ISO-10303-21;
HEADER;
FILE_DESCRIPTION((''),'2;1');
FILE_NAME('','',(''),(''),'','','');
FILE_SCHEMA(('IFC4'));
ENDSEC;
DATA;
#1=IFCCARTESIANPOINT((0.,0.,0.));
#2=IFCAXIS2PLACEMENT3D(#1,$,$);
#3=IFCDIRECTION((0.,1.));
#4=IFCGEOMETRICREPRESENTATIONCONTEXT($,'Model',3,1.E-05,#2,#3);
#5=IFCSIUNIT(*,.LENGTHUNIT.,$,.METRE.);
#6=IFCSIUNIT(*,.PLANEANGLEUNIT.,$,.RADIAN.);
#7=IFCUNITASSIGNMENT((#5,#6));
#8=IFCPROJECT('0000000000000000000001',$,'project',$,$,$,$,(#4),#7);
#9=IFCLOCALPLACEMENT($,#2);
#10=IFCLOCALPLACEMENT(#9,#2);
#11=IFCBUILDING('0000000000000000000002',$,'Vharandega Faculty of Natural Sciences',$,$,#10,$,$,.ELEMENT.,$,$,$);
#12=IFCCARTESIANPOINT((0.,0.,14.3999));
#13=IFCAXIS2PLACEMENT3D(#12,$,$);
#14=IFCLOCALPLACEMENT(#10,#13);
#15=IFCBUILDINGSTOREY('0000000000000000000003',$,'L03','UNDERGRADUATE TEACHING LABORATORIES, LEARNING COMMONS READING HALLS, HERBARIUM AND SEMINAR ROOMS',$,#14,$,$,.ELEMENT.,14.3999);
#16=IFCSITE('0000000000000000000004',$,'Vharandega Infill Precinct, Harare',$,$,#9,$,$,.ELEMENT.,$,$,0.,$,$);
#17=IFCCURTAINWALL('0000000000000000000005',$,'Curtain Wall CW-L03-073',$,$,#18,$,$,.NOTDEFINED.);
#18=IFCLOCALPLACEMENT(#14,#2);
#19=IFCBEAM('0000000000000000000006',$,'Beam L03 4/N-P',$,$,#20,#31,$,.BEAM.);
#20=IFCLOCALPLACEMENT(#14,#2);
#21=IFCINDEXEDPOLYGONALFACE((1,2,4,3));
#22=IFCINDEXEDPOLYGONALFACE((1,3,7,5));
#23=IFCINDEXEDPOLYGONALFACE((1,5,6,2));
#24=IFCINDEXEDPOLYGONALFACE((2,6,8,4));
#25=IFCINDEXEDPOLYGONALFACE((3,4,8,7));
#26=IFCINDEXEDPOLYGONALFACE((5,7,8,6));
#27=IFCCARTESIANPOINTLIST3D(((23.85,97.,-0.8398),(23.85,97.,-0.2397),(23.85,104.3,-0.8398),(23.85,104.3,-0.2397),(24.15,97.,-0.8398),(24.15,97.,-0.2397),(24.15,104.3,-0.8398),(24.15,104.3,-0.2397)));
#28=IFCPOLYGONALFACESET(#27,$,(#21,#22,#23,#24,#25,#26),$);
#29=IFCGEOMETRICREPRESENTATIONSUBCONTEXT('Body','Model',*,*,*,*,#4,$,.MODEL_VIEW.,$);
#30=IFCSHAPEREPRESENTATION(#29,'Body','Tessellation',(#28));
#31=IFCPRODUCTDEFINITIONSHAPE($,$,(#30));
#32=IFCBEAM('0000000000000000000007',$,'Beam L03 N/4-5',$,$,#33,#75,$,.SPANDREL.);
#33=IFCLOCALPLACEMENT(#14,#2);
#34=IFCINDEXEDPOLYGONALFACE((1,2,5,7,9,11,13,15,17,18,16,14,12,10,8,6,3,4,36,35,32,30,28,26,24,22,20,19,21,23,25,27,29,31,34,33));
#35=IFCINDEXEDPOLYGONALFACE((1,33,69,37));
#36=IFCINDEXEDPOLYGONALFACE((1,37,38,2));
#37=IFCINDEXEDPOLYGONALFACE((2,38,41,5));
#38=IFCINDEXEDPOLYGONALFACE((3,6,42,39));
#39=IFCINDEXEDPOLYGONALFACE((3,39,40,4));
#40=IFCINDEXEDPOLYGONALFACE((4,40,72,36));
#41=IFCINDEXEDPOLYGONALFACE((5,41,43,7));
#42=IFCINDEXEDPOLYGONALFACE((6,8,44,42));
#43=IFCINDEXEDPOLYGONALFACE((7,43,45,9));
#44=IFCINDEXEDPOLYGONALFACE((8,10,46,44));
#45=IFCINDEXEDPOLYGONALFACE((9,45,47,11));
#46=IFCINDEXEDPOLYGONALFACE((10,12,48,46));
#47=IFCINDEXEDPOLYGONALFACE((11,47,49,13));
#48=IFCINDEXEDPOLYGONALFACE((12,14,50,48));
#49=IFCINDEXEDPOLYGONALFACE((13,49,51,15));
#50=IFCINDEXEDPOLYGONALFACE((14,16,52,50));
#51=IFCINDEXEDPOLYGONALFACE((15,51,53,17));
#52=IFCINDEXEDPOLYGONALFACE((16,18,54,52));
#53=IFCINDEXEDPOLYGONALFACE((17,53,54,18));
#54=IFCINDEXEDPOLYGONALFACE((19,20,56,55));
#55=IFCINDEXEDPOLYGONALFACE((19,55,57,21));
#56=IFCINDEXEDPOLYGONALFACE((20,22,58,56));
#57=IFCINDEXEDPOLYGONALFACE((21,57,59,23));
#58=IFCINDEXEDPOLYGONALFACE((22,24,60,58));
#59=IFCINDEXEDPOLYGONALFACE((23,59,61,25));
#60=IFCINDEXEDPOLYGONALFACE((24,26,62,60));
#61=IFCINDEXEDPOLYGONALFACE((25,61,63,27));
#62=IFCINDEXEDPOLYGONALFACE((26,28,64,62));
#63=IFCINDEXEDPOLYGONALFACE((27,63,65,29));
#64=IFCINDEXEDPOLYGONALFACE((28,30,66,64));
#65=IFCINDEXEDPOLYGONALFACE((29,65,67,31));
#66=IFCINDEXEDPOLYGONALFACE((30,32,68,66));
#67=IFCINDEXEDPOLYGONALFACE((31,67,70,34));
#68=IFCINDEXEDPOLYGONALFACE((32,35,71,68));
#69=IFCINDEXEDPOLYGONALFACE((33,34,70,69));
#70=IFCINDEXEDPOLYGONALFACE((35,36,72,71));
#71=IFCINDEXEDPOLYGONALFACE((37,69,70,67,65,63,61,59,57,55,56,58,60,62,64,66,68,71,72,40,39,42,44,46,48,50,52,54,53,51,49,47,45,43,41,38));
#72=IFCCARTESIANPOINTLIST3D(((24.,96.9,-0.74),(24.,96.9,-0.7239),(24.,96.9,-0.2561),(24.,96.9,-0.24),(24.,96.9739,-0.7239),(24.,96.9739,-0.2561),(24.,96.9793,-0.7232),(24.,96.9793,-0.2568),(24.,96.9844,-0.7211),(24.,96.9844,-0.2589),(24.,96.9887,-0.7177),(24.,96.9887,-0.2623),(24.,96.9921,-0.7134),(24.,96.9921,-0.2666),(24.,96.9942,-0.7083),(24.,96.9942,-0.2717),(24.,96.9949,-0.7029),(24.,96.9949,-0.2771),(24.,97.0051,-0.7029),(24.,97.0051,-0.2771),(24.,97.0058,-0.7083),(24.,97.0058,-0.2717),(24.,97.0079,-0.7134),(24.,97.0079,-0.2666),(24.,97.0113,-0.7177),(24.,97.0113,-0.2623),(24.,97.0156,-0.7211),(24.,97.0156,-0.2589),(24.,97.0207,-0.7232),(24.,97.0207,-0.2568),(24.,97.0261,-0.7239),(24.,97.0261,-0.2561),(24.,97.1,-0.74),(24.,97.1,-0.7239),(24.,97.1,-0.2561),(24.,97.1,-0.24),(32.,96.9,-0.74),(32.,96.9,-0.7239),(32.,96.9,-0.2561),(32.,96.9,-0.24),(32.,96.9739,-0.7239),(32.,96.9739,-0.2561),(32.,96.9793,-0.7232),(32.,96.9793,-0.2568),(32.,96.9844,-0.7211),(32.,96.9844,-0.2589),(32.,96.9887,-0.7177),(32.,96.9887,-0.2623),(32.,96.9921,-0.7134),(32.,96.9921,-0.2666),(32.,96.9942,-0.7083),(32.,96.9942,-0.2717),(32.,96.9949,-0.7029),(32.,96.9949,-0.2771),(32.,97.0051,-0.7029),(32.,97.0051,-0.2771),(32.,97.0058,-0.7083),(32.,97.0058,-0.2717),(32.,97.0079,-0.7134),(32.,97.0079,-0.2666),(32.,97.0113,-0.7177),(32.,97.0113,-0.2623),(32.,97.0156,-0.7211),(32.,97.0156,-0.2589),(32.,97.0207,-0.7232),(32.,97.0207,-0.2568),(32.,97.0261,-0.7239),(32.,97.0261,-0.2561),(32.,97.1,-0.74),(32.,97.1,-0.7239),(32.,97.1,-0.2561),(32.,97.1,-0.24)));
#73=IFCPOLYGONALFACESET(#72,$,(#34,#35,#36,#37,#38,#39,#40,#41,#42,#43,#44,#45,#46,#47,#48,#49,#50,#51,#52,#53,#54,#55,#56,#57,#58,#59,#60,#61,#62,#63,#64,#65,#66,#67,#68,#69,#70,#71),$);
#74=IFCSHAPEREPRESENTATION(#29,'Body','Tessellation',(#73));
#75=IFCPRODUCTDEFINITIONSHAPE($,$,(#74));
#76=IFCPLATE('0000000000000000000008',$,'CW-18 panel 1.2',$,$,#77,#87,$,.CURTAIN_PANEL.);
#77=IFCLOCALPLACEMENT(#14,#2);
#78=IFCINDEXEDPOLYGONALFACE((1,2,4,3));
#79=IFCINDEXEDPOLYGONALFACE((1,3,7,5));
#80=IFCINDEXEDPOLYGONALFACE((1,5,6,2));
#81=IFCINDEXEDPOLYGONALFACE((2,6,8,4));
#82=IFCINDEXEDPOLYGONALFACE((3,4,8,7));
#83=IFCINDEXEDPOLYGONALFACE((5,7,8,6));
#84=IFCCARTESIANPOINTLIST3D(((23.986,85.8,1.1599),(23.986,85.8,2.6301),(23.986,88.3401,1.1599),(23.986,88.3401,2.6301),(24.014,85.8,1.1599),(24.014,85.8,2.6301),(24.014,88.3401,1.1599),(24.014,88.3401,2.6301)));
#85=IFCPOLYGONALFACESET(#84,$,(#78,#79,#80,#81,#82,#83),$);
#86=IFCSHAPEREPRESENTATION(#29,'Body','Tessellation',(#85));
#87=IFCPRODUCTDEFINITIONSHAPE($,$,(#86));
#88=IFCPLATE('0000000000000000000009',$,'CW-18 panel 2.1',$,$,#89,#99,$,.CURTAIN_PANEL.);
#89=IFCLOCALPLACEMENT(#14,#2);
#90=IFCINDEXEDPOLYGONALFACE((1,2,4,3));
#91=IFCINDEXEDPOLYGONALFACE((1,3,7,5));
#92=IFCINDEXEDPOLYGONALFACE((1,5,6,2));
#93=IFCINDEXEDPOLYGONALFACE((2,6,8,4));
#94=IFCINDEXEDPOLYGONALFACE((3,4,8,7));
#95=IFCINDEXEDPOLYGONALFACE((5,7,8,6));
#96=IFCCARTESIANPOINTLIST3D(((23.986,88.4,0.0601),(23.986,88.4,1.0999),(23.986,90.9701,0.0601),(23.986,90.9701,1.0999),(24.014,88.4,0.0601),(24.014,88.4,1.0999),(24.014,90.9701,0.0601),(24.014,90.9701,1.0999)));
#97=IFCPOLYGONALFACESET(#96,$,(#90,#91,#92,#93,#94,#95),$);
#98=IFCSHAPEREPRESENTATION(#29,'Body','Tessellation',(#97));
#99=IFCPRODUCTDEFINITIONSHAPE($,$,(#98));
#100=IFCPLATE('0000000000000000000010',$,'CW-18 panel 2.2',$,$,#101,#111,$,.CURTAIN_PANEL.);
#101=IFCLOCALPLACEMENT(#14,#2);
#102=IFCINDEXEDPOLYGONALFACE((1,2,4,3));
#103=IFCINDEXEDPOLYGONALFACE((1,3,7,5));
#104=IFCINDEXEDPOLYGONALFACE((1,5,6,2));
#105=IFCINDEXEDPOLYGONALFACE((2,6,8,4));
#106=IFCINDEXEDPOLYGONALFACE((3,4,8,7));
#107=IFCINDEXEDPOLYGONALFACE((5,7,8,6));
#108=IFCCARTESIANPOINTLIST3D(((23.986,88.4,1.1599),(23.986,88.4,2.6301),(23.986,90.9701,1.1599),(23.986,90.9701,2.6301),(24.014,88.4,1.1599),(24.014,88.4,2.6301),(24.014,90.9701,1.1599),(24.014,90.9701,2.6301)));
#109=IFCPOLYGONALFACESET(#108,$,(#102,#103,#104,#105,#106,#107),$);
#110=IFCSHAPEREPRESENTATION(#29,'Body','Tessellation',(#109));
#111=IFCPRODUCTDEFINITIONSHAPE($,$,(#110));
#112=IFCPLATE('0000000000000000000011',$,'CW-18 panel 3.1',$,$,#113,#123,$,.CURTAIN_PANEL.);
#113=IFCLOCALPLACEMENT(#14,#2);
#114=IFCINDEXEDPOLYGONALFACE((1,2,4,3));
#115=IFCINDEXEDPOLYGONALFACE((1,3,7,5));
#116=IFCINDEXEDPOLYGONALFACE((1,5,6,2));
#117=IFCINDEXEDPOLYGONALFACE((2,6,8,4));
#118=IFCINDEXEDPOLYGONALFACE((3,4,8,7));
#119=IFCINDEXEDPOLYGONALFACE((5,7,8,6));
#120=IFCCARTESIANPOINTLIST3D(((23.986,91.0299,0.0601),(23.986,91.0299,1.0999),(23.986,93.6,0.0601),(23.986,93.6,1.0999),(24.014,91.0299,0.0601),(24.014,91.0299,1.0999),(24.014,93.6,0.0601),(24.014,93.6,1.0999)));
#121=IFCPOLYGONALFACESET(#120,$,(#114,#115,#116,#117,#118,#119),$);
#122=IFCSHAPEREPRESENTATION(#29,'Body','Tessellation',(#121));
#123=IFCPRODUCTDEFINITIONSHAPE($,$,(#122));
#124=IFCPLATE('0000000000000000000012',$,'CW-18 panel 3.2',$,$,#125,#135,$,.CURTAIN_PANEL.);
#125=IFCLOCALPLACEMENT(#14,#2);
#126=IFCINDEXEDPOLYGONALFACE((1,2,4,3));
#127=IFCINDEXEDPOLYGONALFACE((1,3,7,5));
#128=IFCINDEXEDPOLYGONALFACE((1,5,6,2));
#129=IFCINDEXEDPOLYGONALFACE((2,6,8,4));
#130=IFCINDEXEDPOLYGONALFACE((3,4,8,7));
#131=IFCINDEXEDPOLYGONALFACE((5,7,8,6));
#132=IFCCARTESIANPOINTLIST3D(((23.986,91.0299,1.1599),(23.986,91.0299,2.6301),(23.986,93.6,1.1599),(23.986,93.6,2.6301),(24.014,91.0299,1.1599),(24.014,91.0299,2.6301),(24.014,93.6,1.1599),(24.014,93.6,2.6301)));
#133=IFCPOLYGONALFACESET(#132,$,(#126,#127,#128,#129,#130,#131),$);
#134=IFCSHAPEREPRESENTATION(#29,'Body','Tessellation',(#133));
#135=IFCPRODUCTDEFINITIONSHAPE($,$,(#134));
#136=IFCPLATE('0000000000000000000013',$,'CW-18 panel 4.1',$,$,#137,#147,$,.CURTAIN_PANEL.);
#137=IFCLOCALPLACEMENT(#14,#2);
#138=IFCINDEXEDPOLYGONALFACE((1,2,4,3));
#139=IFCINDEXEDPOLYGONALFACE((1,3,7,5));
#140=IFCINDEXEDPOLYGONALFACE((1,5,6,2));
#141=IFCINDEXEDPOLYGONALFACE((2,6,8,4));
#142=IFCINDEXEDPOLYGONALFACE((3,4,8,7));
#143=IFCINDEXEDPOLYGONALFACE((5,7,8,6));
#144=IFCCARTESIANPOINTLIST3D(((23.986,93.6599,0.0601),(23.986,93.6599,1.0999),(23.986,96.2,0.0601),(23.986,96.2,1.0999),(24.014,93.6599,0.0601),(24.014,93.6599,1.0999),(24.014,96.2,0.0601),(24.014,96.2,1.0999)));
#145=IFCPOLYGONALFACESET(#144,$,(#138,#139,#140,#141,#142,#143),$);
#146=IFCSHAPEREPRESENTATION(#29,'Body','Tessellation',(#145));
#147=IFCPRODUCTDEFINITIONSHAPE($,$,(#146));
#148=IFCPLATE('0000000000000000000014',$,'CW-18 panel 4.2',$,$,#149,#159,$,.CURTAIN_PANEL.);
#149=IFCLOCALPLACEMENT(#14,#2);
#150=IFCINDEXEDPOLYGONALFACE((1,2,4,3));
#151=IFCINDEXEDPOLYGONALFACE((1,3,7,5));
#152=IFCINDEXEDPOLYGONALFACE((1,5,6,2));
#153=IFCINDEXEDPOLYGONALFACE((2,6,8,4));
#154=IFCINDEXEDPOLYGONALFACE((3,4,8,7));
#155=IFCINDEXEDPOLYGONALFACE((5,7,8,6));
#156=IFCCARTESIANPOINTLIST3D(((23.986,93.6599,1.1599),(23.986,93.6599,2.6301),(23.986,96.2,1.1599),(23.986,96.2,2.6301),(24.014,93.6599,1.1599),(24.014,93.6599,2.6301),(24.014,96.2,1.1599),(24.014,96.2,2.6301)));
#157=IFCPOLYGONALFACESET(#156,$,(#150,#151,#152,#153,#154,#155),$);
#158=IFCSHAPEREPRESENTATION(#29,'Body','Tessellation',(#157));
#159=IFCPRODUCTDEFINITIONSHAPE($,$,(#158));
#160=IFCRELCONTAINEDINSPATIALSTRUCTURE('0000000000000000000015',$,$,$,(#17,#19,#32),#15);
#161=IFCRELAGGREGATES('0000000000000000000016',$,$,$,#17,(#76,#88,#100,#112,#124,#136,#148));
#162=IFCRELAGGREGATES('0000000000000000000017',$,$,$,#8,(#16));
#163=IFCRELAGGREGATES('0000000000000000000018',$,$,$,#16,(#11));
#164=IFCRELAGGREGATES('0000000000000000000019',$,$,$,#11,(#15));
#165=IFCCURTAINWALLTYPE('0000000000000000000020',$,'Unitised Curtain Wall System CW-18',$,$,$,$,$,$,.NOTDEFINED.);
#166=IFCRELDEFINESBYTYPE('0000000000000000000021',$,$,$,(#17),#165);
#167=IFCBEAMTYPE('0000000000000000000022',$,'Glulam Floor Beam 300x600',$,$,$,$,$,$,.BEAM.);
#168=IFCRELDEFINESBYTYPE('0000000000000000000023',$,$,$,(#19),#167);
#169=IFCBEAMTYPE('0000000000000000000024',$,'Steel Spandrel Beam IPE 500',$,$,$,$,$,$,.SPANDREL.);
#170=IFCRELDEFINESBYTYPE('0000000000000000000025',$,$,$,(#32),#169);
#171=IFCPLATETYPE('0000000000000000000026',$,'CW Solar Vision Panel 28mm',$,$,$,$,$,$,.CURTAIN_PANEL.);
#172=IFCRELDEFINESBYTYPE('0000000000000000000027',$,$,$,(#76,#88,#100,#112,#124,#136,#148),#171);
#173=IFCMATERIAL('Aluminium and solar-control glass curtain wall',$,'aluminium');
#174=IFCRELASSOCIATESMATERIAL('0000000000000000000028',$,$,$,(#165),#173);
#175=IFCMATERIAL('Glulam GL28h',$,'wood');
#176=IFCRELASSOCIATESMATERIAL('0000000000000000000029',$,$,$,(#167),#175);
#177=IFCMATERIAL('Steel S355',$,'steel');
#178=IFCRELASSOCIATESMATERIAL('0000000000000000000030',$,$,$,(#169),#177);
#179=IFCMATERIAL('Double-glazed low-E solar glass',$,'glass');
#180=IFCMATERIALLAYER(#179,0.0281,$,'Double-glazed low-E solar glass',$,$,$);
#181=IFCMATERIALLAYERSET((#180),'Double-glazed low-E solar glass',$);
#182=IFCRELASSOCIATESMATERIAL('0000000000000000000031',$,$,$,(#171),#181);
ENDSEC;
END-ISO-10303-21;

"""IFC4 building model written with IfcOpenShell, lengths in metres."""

from ifc_helpers import new_model, si_unit, direction, frame, origin, origin_2d, place, context, subcontext, project, spatial, rectangle, i_section, extrude, material, layer, layer_set, material_profile, profile_set, type_object, element, aggregate, save


model = new_model("IFC4")

# Units and contexts
model_context = context("Model", 3, precision=1e-05, world=origin(), true_north=direction((0.0, 1.0)))
body_context = subcontext(model_context, "Body", "Model", "MODEL_VIEW")
ifc_project = project(units=[si_unit("LENGTHUNIT", "METRE"), si_unit("PLANEANGLEUNIT", "RADIAN")], contexts=[model_context])

# Site, building, storey
site_placement = place(None, origin())
site = spatial("IfcSite", under=ifc_project, at=site_placement, Name="Vharandega Infill Precinct, Harare", CompositionType="ELEMENT", RefElevation=0.0)
building_placement = place(site_placement, origin())
building = spatial("IfcBuilding", under=site, at=building_placement, Name="Vharandega Faculty of Natural Sciences", CompositionType="ELEMENT")
storey_placement = place(building_placement, frame((0.0, 0.0, 14.3999)))
storey = spatial("IfcBuildingStorey", under=building, at=storey_placement, Name="L03", Description="UNDERGRADUATE TEACHING LABORATORIES, LEARNING COMMONS READING HALLS, HERBARIUM AND SEMINAR ROOMS", CompositionType="ELEMENT", Elevation=14.3999)

# Curtain wall
ifc_material_1 = material(Name="Aluminium and solar-control glass curtain wall", Category="aluminium")
curtain_wall_type = type_object("IfcCurtainWallType", Name="Unitised Curtain Wall System CW-18", PredefinedType="NOTDEFINED", material=ifc_material_1)
curtain_wall_placement = place(storey_placement, origin())
curtain_wall = element("IfcCurtainWall", 1, at=curtain_wall_placement, inside=storey, type_object=curtain_wall_type, Name="Curtain Wall CW-L03-073", PredefinedType="NOTDEFINED")

# Beams
ifc_material_2 = material(Name="Glulam GL28h", Category="wood")
ifc_material_profile_1 = material_profile(ifc_material_2, rectangle(XDim=0.3, YDim=0.6001, at=origin_2d()), Name="GL28h 300x600")
ifc_profile_set_1 = profile_set([ifc_material_profile_1], Name="Glulam GL28h")
beam_type_1 = type_object("IfcBeamType", Name="Glulam Floor Beam 300x600", PredefinedType="BEAM", material=ifc_profile_set_1)
beam_1_placement = place(storey_placement, frame((24.0, 97.0, -0.5398), z_axis=(0.0, 1.0, 0.0), x_axis=(-1.0, 0.0, 0.0)))
element("IfcBeam", 2, at=beam_1_placement, inside=storey, type_object=beam_type_1, Name="Beam L03 4/N-P", PredefinedType="BEAM", context=body_context, shape_type="SweptSolid", body=[
    extrude(rectangle(XDim=0.3, YDim=0.6001, at=origin_2d()), origin(), (0.0, 0.0, 1.0), 7.3),
])
ifc_material_3 = material(Name="Steel S355", Category="steel")
ifc_material_profile_2 = material_profile(ifc_material_3, i_section(OverallWidth=0.2, OverallDepth=0.5, WebThickness=0.0103, FlangeThickness=0.0161, FilletRadius=0.021, at=origin_2d()), Name="IPE 500")
ifc_profile_set_2 = profile_set([ifc_material_profile_2], Name="Steel S355")
beam_type_2 = type_object("IfcBeamType", Name="Steel Spandrel Beam IPE 500", PredefinedType="SPANDREL", material=ifc_profile_set_2)
beam_2_placement = place(storey_placement, frame((24.0, 97.0, -0.49), z_axis=(1.0, 0.0, 0.0), x_axis=(0.0, 1.0, 0.0)))
element("IfcBeam", 3, at=beam_2_placement, inside=storey, type_object=beam_type_2, Name="Beam L03 N/4-5", PredefinedType="SPANDREL", context=body_context, shape_type="SweptSolid", body=[
    extrude(i_section(OverallWidth=0.2, OverallDepth=0.5, WebThickness=0.0103, FlangeThickness=0.0161, FilletRadius=0.021, at=origin_2d()), origin(), (0.0, 0.0, 1.0), 8.0),
])

# Plates
ifc_material_4 = material(Name="Double-glazed low-E solar glass", Category="glass")
ifc_layer = layer(ifc_material_4, 0.0281, Name="Double-glazed low-E solar glass")
ifc_layer_set = layer_set([ifc_layer], Name="Double-glazed low-E solar glass")
plate_type = type_object("IfcPlateType", Name="CW Solar Vision Panel 28mm", PredefinedType="CURTAIN_PANEL", material=ifc_layer_set)
plate_1_placement = place(storey_placement, frame((24.0, 87.0701, 1.1599), z_axis=(0.0, 0.0, 1.0), x_axis=(0.0, 1.0, 0.0)))
plate_1 = element("IfcPlate", 4, at=plate_1_placement, type_object=plate_type, Name="CW-18 panel 1.2", PredefinedType="CURTAIN_PANEL", context=body_context, shape_type="SweptSolid", body=[
    extrude(rectangle(XDim=2.54, YDim=0.0281, at=origin_2d()), origin(), (0.0, 0.0, 1.0), 1.4702),
])
plate_2_placement = place(storey_placement, frame((24.0, 89.6851, 0.0601), z_axis=(0.0, 0.0, 1.0), x_axis=(0.0, 1.0, 0.0)))
plate_2 = element("IfcPlate", 5, at=plate_2_placement, type_object=plate_type, Name="CW-18 panel 2.1", PredefinedType="CURTAIN_PANEL", context=body_context, shape_type="SweptSolid", body=[
    extrude(rectangle(XDim=2.5701, YDim=0.0281, at=origin_2d()), origin(), (0.0, 0.0, 1.0), 1.0398),
])
plate_3_placement = place(storey_placement, frame((24.0, 89.6851, 1.1599), z_axis=(0.0, 0.0, 1.0), x_axis=(0.0, 1.0, 0.0)))
plate_3 = element("IfcPlate", 6, at=plate_3_placement, type_object=plate_type, Name="CW-18 panel 2.2", PredefinedType="CURTAIN_PANEL", context=body_context, shape_type="SweptSolid", body=[
    extrude(rectangle(XDim=2.5701, YDim=0.0281, at=origin_2d()), origin(), (0.0, 0.0, 1.0), 1.4702),
])
plate_4_placement = place(storey_placement, frame((24.0, 92.3149, 0.0601), z_axis=(0.0, 0.0, 1.0), x_axis=(0.0, 1.0, 0.0)))
plate_4 = element("IfcPlate", 7, at=plate_4_placement, type_object=plate_type, Name="CW-18 panel 3.1", PredefinedType="CURTAIN_PANEL", context=body_context, shape_type="SweptSolid", body=[
    extrude(rectangle(XDim=2.5701, YDim=0.0281, at=origin_2d()), origin(), (0.0, 0.0, 1.0), 1.0398),
])
plate_5_placement = place(storey_placement, frame((24.0, 92.3149, 1.1599), z_axis=(0.0, 0.0, 1.0), x_axis=(0.0, 1.0, 0.0)))
plate_5 = element("IfcPlate", 8, at=plate_5_placement, type_object=plate_type, Name="CW-18 panel 3.2", PredefinedType="CURTAIN_PANEL", context=body_context, shape_type="SweptSolid", body=[
    extrude(rectangle(XDim=2.5701, YDim=0.0281, at=origin_2d()), origin(), (0.0, 0.0, 1.0), 1.4702),
])
plate_6_placement = place(storey_placement, frame((24.0, 94.9299, 0.0601), z_axis=(0.0, 0.0, 1.0), x_axis=(0.0, 1.0, 0.0)))
plate_6 = element("IfcPlate", 9, at=plate_6_placement, type_object=plate_type, Name="CW-18 panel 4.1", PredefinedType="CURTAIN_PANEL", context=body_context, shape_type="SweptSolid", body=[
    extrude(rectangle(XDim=2.54, YDim=0.0281, at=origin_2d()), origin(), (0.0, 0.0, 1.0), 1.0398),
])
plate_7_placement = place(storey_placement, frame((24.0, 94.9299, 1.1599), z_axis=(0.0, 0.0, 1.0), x_axis=(0.0, 1.0, 0.0)))
plate_7 = element("IfcPlate", 10, at=plate_7_placement, type_object=plate_type, Name="CW-18 panel 4.2", PredefinedType="CURTAIN_PANEL", context=body_context, shape_type="SweptSolid", body=[
    extrude(rectangle(XDim=2.54, YDim=0.0281, at=origin_2d()), origin(), (0.0, 0.0, 1.0), 1.4702),
])
aggregate(curtain_wall, [plate_1, plate_2, plate_3, plate_4, plate_5, plate_6, plate_7])

save(model, "model.ifc")
